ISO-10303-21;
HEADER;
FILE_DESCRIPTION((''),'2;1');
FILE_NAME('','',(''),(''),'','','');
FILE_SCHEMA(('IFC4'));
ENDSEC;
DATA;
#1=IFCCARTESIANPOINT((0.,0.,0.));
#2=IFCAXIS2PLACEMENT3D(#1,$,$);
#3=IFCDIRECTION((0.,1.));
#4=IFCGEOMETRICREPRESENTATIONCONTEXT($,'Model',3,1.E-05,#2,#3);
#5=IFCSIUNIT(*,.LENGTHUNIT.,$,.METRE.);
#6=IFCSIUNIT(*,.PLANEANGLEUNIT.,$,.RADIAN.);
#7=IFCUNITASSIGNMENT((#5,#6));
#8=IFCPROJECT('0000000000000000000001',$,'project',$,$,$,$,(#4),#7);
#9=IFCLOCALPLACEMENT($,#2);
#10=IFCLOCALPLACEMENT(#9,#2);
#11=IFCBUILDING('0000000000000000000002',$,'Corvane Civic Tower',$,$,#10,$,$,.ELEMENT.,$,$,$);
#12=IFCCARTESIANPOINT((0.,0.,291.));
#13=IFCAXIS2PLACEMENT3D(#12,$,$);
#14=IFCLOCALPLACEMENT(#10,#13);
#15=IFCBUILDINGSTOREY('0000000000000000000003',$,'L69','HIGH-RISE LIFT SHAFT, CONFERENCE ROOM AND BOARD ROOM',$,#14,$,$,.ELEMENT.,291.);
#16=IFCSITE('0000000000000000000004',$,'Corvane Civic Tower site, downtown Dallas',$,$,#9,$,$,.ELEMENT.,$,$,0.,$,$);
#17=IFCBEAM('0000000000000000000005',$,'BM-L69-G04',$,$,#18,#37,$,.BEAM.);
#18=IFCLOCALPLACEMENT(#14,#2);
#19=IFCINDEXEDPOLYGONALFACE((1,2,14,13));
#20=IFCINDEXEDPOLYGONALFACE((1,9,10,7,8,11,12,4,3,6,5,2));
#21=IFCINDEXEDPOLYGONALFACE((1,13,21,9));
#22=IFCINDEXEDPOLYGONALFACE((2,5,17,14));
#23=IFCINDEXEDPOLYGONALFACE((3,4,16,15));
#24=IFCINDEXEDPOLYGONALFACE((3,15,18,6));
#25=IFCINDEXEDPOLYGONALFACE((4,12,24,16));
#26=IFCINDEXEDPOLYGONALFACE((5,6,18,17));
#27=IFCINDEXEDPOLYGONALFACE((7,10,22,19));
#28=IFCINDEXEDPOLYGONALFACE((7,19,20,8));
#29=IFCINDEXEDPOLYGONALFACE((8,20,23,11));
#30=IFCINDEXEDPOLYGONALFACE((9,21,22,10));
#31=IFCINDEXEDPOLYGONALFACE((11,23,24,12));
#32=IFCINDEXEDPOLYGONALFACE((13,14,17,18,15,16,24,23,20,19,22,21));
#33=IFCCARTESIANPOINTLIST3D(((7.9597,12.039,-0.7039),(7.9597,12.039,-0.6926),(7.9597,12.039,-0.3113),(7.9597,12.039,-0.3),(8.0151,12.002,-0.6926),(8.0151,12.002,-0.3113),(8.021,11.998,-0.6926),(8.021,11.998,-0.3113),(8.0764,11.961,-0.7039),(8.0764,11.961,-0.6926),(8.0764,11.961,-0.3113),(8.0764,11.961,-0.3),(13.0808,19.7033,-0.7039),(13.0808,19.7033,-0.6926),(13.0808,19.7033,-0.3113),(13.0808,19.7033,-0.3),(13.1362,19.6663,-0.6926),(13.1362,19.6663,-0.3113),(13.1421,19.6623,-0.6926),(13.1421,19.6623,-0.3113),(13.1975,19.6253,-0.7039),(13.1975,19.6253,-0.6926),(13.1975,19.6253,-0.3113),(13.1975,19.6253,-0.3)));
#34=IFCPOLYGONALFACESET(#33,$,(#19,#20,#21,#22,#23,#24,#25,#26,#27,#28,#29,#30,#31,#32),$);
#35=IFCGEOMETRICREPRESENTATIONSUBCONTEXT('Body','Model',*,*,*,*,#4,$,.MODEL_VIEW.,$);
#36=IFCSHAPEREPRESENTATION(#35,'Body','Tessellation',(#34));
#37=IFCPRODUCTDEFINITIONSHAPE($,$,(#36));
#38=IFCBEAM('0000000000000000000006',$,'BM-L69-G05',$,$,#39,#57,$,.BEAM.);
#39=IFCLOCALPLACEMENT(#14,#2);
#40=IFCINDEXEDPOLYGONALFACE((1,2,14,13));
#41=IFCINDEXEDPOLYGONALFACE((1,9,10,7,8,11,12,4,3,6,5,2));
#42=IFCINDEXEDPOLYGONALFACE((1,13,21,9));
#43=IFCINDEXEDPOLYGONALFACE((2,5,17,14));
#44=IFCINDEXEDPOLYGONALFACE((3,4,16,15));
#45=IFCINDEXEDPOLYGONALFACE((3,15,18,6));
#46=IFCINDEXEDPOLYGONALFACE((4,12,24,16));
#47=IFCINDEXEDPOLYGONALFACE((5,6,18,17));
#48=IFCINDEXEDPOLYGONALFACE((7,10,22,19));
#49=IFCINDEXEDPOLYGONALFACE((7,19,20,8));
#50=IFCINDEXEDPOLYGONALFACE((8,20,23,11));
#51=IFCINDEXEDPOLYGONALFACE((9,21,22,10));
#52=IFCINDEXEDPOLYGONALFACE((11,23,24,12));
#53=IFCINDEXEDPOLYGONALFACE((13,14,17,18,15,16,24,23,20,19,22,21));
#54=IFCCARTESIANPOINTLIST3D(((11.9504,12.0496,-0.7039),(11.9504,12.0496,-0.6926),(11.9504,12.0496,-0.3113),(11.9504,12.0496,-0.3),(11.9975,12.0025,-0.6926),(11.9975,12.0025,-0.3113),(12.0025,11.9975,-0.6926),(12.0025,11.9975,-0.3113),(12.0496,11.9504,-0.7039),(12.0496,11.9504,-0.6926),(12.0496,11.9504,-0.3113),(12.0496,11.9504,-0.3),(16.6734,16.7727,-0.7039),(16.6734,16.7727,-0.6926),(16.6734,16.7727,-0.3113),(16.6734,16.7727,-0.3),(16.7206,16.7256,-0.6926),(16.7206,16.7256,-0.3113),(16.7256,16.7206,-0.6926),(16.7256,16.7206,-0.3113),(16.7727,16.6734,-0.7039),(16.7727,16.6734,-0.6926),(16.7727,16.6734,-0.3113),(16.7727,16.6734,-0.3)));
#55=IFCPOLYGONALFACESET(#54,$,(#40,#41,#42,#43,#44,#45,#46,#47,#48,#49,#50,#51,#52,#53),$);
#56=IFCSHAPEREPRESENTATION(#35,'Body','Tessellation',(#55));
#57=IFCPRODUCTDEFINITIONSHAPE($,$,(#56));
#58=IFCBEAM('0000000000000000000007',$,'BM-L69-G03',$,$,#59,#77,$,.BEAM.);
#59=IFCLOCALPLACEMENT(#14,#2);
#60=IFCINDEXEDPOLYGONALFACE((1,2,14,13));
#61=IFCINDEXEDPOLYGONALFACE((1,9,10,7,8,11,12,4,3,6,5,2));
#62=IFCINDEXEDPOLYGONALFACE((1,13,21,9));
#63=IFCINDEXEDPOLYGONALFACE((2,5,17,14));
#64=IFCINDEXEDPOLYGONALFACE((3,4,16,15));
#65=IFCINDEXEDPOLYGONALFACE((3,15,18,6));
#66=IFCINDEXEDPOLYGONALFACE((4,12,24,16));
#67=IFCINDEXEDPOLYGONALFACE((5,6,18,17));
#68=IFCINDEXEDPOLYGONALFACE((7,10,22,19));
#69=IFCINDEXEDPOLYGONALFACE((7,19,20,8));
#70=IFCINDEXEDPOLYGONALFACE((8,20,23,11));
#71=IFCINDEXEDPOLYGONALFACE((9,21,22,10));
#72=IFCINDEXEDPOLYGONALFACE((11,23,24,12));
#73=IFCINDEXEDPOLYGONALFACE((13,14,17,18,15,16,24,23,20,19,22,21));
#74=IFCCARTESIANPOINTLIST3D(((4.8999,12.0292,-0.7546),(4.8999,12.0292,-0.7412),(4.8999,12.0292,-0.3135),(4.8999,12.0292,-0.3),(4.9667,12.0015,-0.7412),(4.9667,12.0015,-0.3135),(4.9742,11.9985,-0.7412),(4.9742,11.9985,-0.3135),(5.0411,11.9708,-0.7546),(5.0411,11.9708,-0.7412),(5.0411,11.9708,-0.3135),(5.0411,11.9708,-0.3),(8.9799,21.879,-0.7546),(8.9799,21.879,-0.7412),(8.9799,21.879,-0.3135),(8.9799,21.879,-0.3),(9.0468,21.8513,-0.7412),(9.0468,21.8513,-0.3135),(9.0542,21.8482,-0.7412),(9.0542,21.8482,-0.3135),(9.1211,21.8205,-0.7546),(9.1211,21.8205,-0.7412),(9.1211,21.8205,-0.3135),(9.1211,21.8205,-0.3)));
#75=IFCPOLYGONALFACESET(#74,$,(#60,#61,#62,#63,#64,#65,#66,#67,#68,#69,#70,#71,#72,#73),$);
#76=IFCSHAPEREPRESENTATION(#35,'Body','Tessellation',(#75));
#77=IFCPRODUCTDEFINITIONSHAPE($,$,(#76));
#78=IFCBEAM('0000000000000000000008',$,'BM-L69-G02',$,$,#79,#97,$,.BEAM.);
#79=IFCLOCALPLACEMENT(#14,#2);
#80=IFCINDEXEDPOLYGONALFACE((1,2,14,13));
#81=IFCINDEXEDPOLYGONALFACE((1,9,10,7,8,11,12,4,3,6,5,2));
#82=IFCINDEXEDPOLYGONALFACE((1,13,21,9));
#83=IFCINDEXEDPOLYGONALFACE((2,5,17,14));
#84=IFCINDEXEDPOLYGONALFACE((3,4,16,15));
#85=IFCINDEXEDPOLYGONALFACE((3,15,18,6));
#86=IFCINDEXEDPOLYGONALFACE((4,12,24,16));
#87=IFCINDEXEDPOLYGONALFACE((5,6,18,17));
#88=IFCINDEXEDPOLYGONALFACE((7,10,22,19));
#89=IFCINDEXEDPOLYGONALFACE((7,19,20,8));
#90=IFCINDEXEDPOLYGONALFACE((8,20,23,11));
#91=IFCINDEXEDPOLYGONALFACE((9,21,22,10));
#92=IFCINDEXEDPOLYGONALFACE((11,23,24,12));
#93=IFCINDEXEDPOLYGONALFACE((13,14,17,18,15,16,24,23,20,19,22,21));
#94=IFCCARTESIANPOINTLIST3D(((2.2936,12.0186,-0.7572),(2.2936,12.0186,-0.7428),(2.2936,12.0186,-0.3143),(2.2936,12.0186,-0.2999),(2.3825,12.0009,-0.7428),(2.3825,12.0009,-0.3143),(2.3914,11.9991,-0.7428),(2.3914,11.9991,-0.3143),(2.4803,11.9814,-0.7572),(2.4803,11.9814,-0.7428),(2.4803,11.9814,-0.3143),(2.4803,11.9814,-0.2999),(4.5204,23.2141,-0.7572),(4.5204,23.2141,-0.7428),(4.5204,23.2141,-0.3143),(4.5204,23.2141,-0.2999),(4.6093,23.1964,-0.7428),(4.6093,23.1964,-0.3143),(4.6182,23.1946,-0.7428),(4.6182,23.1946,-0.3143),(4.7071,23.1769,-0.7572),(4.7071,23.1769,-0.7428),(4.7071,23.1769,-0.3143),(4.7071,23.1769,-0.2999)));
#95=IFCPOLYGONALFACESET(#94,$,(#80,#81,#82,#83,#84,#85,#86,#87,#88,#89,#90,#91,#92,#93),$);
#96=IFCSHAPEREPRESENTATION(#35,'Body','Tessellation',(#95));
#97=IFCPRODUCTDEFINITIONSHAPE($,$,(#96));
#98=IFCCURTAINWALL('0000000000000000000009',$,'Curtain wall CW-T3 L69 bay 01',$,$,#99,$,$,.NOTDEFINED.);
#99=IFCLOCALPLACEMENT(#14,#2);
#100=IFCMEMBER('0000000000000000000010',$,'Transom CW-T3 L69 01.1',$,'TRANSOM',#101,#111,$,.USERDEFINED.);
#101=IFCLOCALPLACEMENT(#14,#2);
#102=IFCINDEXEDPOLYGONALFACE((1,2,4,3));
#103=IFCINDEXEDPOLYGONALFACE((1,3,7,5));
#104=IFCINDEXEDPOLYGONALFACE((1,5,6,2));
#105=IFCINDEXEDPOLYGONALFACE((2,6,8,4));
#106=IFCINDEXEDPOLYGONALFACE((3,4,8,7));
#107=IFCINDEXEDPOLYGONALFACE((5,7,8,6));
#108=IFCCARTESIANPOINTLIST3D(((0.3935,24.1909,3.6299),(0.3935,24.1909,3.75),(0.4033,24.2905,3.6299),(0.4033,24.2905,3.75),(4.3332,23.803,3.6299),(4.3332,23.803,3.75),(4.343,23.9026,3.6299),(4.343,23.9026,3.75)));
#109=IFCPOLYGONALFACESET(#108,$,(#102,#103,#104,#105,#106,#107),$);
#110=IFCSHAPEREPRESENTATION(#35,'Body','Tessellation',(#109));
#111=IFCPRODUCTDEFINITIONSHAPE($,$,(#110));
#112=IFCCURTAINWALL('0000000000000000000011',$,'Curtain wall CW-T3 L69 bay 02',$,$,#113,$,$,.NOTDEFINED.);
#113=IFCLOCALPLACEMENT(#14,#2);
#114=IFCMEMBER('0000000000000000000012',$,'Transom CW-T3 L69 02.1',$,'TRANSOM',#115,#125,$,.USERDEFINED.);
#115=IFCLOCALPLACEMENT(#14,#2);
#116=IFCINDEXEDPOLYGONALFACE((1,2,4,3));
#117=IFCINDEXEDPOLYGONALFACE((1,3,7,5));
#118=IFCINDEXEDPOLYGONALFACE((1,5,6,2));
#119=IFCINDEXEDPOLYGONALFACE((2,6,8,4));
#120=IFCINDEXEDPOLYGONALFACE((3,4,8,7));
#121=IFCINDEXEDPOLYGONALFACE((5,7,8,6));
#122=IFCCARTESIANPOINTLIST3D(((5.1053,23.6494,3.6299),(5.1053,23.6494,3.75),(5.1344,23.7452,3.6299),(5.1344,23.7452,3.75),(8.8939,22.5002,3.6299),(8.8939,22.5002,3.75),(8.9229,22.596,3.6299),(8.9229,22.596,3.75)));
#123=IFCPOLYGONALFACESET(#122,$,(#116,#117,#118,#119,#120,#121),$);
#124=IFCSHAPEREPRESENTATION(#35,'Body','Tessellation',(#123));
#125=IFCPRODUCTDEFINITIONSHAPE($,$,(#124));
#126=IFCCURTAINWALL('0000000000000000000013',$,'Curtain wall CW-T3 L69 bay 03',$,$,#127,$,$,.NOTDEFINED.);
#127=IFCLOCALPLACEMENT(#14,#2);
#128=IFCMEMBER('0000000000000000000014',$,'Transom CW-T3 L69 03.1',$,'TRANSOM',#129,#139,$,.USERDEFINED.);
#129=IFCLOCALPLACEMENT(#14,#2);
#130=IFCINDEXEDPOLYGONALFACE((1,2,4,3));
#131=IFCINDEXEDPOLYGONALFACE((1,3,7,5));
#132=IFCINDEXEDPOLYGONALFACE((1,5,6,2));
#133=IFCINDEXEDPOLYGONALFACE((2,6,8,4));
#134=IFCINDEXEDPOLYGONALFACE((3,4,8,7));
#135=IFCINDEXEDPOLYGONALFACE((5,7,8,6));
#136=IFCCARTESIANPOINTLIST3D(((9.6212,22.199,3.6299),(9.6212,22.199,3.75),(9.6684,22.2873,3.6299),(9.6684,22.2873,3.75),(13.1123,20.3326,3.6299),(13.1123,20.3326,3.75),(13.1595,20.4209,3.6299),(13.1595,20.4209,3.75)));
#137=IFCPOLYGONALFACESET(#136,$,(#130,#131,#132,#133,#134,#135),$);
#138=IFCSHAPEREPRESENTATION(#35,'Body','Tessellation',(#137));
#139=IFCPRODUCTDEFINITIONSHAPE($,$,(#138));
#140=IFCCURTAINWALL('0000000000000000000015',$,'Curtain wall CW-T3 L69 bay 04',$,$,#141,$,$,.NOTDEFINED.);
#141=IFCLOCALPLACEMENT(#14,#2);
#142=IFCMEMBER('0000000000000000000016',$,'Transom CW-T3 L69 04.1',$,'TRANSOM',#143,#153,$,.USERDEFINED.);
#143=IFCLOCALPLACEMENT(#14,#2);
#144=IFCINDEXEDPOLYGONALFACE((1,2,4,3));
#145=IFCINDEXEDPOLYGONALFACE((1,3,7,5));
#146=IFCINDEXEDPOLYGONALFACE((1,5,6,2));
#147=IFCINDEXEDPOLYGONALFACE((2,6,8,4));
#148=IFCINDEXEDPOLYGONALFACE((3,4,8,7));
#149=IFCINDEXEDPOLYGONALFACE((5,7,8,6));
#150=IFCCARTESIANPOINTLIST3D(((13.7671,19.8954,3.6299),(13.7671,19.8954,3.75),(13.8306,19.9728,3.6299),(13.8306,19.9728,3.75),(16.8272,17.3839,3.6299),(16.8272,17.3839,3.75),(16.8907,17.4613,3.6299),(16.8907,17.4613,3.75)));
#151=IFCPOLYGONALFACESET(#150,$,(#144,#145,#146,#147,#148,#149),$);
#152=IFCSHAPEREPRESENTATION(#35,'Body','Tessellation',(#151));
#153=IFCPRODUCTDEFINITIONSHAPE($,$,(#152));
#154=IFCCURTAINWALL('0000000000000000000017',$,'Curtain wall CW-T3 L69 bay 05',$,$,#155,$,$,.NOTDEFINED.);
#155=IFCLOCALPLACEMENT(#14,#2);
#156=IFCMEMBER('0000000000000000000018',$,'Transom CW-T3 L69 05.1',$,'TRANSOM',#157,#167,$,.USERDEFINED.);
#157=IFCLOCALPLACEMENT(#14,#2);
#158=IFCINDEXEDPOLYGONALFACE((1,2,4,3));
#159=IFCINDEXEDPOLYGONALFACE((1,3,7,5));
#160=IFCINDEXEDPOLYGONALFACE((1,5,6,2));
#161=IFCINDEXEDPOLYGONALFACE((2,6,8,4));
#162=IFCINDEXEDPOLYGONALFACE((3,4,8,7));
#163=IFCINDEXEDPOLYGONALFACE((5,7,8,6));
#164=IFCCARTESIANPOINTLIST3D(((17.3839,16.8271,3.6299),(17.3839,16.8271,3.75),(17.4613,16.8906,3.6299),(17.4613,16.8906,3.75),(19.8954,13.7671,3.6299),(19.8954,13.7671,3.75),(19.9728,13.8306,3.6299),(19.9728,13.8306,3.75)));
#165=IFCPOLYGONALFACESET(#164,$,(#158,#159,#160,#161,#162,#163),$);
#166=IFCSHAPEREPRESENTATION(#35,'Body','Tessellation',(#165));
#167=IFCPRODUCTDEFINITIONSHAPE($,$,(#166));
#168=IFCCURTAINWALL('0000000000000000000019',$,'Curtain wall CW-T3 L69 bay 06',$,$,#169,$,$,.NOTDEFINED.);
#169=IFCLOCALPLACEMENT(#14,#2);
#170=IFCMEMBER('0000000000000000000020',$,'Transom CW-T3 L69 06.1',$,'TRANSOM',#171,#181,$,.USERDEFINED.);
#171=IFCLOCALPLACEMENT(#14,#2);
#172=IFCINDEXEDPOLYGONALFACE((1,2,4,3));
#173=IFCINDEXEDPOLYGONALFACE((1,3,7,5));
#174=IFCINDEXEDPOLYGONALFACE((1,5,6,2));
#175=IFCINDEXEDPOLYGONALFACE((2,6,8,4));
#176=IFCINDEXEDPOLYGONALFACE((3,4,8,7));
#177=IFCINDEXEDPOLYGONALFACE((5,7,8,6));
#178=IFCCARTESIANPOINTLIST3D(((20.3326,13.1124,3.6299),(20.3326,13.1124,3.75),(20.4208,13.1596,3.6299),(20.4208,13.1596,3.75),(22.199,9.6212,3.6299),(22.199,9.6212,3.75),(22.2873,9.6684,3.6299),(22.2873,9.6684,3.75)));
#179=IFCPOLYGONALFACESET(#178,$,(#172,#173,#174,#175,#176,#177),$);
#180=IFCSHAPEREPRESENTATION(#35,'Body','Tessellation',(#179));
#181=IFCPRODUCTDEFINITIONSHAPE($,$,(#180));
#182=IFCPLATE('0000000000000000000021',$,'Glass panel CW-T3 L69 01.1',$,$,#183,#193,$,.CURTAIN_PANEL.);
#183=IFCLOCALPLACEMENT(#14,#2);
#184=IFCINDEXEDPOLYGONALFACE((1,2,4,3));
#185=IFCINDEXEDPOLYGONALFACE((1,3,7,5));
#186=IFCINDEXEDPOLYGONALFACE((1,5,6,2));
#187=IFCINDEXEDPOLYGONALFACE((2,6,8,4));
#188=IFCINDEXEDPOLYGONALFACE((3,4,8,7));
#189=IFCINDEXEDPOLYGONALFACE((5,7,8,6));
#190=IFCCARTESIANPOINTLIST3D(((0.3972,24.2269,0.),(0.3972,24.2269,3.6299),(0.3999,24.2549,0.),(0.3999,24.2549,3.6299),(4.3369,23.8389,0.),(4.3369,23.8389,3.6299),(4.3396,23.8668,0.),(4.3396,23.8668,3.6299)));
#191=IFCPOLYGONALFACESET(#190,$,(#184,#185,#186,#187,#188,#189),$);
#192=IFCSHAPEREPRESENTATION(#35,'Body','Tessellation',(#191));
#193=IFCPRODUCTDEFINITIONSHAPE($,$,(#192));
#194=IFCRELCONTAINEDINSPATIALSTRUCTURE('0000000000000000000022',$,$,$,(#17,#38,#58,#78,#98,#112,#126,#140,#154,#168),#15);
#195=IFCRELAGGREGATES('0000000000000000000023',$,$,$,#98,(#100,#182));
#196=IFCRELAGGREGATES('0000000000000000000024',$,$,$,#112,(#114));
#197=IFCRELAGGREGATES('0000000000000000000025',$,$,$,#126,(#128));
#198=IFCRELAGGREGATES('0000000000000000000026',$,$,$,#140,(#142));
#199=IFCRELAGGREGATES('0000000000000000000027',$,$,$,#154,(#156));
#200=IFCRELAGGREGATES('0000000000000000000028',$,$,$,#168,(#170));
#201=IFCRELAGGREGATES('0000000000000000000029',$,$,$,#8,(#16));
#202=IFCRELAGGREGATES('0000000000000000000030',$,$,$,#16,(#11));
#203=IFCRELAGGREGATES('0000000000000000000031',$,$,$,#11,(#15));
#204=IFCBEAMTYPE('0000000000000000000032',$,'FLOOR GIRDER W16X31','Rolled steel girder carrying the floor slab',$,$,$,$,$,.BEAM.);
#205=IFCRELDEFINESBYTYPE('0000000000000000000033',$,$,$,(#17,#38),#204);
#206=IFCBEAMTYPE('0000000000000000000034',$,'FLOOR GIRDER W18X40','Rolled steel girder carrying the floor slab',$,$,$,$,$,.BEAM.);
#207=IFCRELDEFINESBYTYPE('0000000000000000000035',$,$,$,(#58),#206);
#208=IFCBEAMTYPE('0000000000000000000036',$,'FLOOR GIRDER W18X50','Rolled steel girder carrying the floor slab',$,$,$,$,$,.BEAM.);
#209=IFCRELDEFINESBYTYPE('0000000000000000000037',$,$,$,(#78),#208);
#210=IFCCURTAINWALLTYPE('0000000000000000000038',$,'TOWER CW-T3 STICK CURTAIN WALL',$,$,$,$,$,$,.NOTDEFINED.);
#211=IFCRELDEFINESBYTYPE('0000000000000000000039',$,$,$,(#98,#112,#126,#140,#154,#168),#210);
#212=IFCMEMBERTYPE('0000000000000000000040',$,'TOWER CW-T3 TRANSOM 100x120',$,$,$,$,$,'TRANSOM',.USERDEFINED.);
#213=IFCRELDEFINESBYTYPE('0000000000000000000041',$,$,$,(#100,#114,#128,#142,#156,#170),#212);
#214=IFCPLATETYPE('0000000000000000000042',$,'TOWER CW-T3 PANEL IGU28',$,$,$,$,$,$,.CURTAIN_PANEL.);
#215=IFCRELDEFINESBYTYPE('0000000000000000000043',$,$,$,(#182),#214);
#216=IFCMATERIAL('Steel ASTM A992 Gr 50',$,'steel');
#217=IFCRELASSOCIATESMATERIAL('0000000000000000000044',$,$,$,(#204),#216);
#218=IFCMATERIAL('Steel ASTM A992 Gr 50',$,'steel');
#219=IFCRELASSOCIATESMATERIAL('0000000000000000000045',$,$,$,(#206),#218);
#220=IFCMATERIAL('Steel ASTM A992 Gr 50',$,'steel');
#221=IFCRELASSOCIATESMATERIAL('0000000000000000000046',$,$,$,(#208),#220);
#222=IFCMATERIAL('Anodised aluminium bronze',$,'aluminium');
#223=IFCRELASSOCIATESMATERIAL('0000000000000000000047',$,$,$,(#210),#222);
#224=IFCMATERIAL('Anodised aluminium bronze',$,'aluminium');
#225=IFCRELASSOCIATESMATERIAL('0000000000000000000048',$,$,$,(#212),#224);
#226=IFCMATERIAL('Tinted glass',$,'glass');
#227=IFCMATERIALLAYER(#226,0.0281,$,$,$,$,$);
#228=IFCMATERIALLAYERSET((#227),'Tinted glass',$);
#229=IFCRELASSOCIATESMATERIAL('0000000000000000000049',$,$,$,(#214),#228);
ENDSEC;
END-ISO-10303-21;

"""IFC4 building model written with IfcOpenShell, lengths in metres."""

from ifc_helpers import new_model, si_unit, direction, frame, origin, origin_2d, place, context, subcontext, project, spatial, rectangle, i_section, extrude, material, layer, layer_set, material_profile, profile_set, type_object, element, aggregate, save


model = new_model("IFC4")

# Units and contexts
model_context = context("Model", 3, precision=1e-05, world=origin(), true_north=direction((0.0, 1.0)))
body_context = subcontext(model_context, "Body", "Model", "MODEL_VIEW")
ifc_project = project(units=[si_unit("LENGTHUNIT", "METRE"), si_unit("PLANEANGLEUNIT", "RADIAN")], contexts=[model_context])

# Site, building, storey
site_placement = place(None, origin())
site = spatial("IfcSite", under=ifc_project, at=site_placement, Name="Corvane Civic Tower site, downtown Dallas", CompositionType="ELEMENT", RefElevation=0.0)
building_placement = place(site_placement, origin())
building = spatial("IfcBuilding", under=site, at=building_placement, Name="Corvane Civic Tower", CompositionType="ELEMENT")
storey_placement = place(building_placement, frame((0.0, 0.0, 291.0)))
storey = spatial("IfcBuildingStorey", under=building, at=storey_placement, Name="L69", Description="HIGH-RISE LIFT SHAFT, CONFERENCE ROOM AND BOARD ROOM", CompositionType="ELEMENT", Elevation=291.0)

# Beams
ifc_material_1 = material(Name="Steel ASTM A992 Gr 50", Category="steel")
ifc_material_profile_1 = material_profile(ifc_material_1, i_section(OverallWidth=0.1404, OverallDepth=0.4038, WebThickness=0.0071, FlangeThickness=0.0112, at=origin_2d()), Name="W16X31")
ifc_profile_set_1 = profile_set([ifc_material_profile_1], Name="Steel ASTM A992 Gr 50")
beam_type_1 = type_object("IfcBeamType", Name="FLOOR GIRDER W16X31", Description="Rolled steel girder carrying the floor slab", PredefinedType="BEAM", material=ifc_profile_set_1)
beam_1_placement = place(storey_placement, frame((8.0181, 12.0, -0.502), z_axis=(0.555568, 0.831471, 0.0), x_axis=(-0.831471, 0.555568, 0.0)))
element("IfcBeam", 1, at=beam_1_placement, inside=storey, type_object=beam_type_1, Name="BM-L69-G04", PredefinedType="BEAM", context=body_context, shape_type="SweptSolid", body=[
    extrude(i_section(OverallWidth=0.1404, OverallDepth=0.4038, WebThickness=0.0071, FlangeThickness=0.0112, at=origin_2d()), origin(), (0.0, 0.0, 1.0), 9.2178),
])
beam_2_placement = place(storey_placement, frame((12.0, 12.0, -0.502), z_axis=(0.707107, 0.707107, 0.0), x_axis=(-0.707107, 0.707107, 0.0)))
element("IfcBeam", 2, at=beam_2_placement, inside=storey, type_object=beam_type_1, Name="BM-L69-G05", PredefinedType="BEAM", context=body_context, shape_type="SweptSolid", body=[
    extrude(i_section(OverallWidth=0.1404, OverallDepth=0.4038, WebThickness=0.0071, FlangeThickness=0.0112, at=origin_2d()), origin(), (0.0, 0.0, 1.0), 6.6794),
])
ifc_material_2 = material(Name="Steel ASTM A992 Gr 50", Category="steel")
ifc_material_profile_2 = material_profile(ifc_material_2, i_section(OverallWidth=0.1528, OverallDepth=0.4546, WebThickness=0.0081, FlangeThickness=0.0134, at=origin_2d()), Name="W18X40")
ifc_profile_set_2 = profile_set([ifc_material_profile_2], Name="Steel ASTM A992 Gr 50")
beam_type_2 = type_object("IfcBeamType", Name="FLOOR GIRDER W18X40", Description="Rolled steel girder carrying the floor slab", PredefinedType="BEAM", material=ifc_profile_set_2)
beam_3_placement = place(storey_placement, frame((4.9705, 12.0, -0.5273), z_axis=(0.382694, 0.923875, 0.0), x_axis=(-0.923875, 0.382694, 0.0)))
element("IfcBeam", 3, at=beam_3_placement, inside=storey, type_object=beam_type_2, Name="BM-L69-G03", PredefinedType="BEAM", context=body_context, shape_type="SweptSolid", body=[
    extrude(i_section(OverallWidth=0.1528, OverallDepth=0.4546, WebThickness=0.0081, FlangeThickness=0.0134, at=origin_2d()), origin(), (0.0, 0.0, 1.0), 10.6614),
])
ifc_material_3 = material(Name="Steel ASTM A992 Gr 50", Category="steel")
ifc_material_profile_3 = material_profile(ifc_material_3, i_section(OverallWidth=0.1904, OverallDepth=0.4573, WebThickness=0.009, FlangeThickness=0.0144, at=origin_2d()), Name="W18X50")
ifc_profile_set_3 = profile_set([ifc_material_profile_3], Name="Steel ASTM A992 Gr 50")
beam_type_3 = type_object("IfcBeamType", Name="FLOOR GIRDER W18X50", Description="Rolled steel girder carrying the floor slab", PredefinedType="BEAM", material=ifc_profile_set_3)
beam_4_placement = place(storey_placement, frame((2.387, 12.0, -0.5286), z_axis=(0.19508, 0.980787, 0.0), x_axis=(-0.980787, 0.19508, 0.0)))
element("IfcBeam", 4, at=beam_4_placement, inside=storey, type_object=beam_type_3, Name="BM-L69-G02", PredefinedType="BEAM", context=body_context, shape_type="SweptSolid", body=[
    extrude(i_section(OverallWidth=0.1904, OverallDepth=0.4573, WebThickness=0.009, FlangeThickness=0.0144, at=origin_2d()), origin(), (0.0, 0.0, 1.0), 11.4148),
])

# Curtain walls, members
ifc_material_4 = material(Name="Anodised aluminium bronze", Category="aluminium")
curtain_wall_type = type_object("IfcCurtainWallType", Name="TOWER CW-T3 STICK CURTAIN WALL", PredefinedType="NOTDEFINED", material=ifc_material_4)
curtain_wall_1_placement = place(storey_placement, origin())
curtain_wall_1 = element("IfcCurtainWall", 5, at=curtain_wall_1_placement, inside=storey, type_object=curtain_wall_type, Name="Curtain wall CW-T3 L69 bay 01", PredefinedType="NOTDEFINED")
ifc_material_5 = material(Name="Anodised aluminium bronze", Category="aluminium")
ifc_material_profile_4 = material_profile(ifc_material_5, rectangle(XDim=0.1001, YDim=0.1201, at=origin_2d()), Name="TOWER CW-T3 TRANSOM 100x120")
ifc_profile_set_4 = profile_set([ifc_material_profile_4], Name="Anodised aluminium bronze")
member_type = type_object("IfcMemberType", Name="TOWER CW-T3 TRANSOM 100x120", ElementType="TRANSOM", PredefinedType="USERDEFINED", material=ifc_profile_set_4)
member_1_placement = place(storey_placement, frame((0.3984, 24.2407, 3.6899), z_axis=(0.995187, -0.097995, 0.0), x_axis=(0.097995, 0.995187, 0.0)))
member_1 = element("IfcMember", 6, at=member_1_placement, type_object=member_type, Name="Transom CW-T3 L69 01.1", ObjectType="TRANSOM", PredefinedType="USERDEFINED", context=body_context, shape_type="SweptSolid", body=[
    extrude(rectangle(XDim=0.1001, YDim=0.1201, at=origin_2d()), origin(), (0.0, 0.0, 1.0), 3.9587),
])
curtain_wall_2_placement = place(storey_placement, origin())
curtain_wall_2 = element("IfcCurtainWall", 7, at=curtain_wall_2_placement, inside=storey, type_object=curtain_wall_type, Name="Curtain wall CW-T3 L69 bay 02", PredefinedType="NOTDEFINED")
member_2_placement = place(storey_placement, frame((5.1199, 23.6973, 3.6899), z_axis=(0.956946, -0.290266, 0.0), x_axis=(0.290266, 0.956946, 0.0)))
member_2 = element("IfcMember", 8, at=member_2_placement, type_object=member_type, Name="Transom CW-T3 L69 02.1", ObjectType="TRANSOM", PredefinedType="USERDEFINED", context=body_context, shape_type="SweptSolid", body=[
    extrude(rectangle(XDim=0.1001, YDim=0.1201, at=origin_2d()), origin(), (0.0, 0.0, 1.0), 3.959),
])
curtain_wall_3_placement = place(storey_placement, origin())
curtain_wall_3 = element("IfcCurtainWall", 9, at=curtain_wall_3_placement, inside=storey, type_object=curtain_wall_type, Name="Curtain wall CW-T3 L69 bay 03", PredefinedType="NOTDEFINED")
member_3_placement = place(storey_placement, frame((9.6448, 22.2432, 3.6899), z_axis=(0.881883, -0.471468, 0.0), x_axis=(0.471468, 0.881883, 0.0)))
member_3 = element("IfcMember", 10, at=member_3_placement, type_object=member_type, Name="Transom CW-T3 L69 03.1", ObjectType="TRANSOM", PredefinedType="USERDEFINED", context=body_context, shape_type="SweptSolid", body=[
    extrude(rectangle(XDim=0.1001, YDim=0.1201, at=origin_2d()), origin(), (0.0, 0.0, 1.0), 3.9587),
])
curtain_wall_4_placement = place(storey_placement, origin())
curtain_wall_4 = element("IfcCurtainWall", 11, at=curtain_wall_4_placement, inside=storey, type_object=curtain_wall_type, Name="Curtain wall CW-T3 L69 bay 04", PredefinedType="NOTDEFINED")
member_4_placement = place(storey_placement, frame((13.7988, 19.9341, 3.6899), z_axis=(0.772992, -0.634416, 0.0), x_axis=(0.634416, 0.772992, 0.0)))
member_4 = element("IfcMember", 12, at=member_4_placement, type_object=member_type, Name="Transom CW-T3 L69 04.1", ObjectType="TRANSOM", PredefinedType="USERDEFINED", context=body_context, shape_type="SweptSolid", body=[
    extrude(rectangle(XDim=0.1001, YDim=0.1201, at=origin_2d()), origin(), (0.0, 0.0, 1.0), 3.9587),
])
curtain_wall_5_placement = place(storey_placement, origin())
curtain_wall_5 = element("IfcCurtainWall", 13, at=curtain_wall_5_placement, inside=storey, type_object=curtain_wall_type, Name="Curtain wall CW-T3 L69 bay 05", PredefinedType="NOTDEFINED")
member_5_placement = place(storey_placement, frame((17.4226, 16.8589, 3.6899), z_axis=(0.634416, -0.772992, 0.0), x_axis=(0.772992, 0.634416, 0.0)))
member_5 = element("IfcMember", 14, at=member_5_placement, type_object=member_type, Name="Transom CW-T3 L69 05.1", ObjectType="TRANSOM", PredefinedType="USERDEFINED", context=body_context, shape_type="SweptSolid", body=[
    extrude(rectangle(XDim=0.1001, YDim=0.1201, at=origin_2d()), origin(), (0.0, 0.0, 1.0), 3.9587),
])
curtain_wall_6_placement = place(storey_placement, origin())
curtain_wall_6 = element("IfcCurtainWall", 15, at=curtain_wall_6_placement, inside=storey, type_object=curtain_wall_type, Name="Curtain wall CW-T3 L69 bay 06", PredefinedType="NOTDEFINED")
member_6_placement = place(storey_placement, frame((20.3767, 13.136, 3.6899), z_axis=(0.471468, -0.881883, 0.0), x_axis=(0.881883, 0.471468, 0.0)))
member_6 = element("IfcMember", 16, at=member_6_placement, type_object=member_type, Name="Transom CW-T3 L69 06.1", ObjectType="TRANSOM", PredefinedType="USERDEFINED", context=body_context, shape_type="SweptSolid", body=[
    extrude(rectangle(XDim=0.1001, YDim=0.1201, at=origin_2d()), origin(), (0.0, 0.0, 1.0), 3.9587),
])

# Plate
ifc_material_6 = material(Name="Tinted glass", Category="glass")
ifc_layer_1 = layer(ifc_material_6, 0.0281)
ifc_layer_set_1 = layer_set([ifc_layer_1], Name="Tinted glass")
plate_type = type_object("IfcPlateType", Name="TOWER CW-T3 PANEL IGU28", PredefinedType="CURTAIN_PANEL", material=ifc_layer_set_1)
plate_1_placement = place(storey_placement, frame((2.3684, 24.0469, 0.0), z_axis=(0.0, 0.0, 1.0), x_axis=(0.995184, -0.098021, 0.0)))
plate_1 = element("IfcPlate", 17, at=plate_1_placement, type_object=plate_type, Name="Glass panel CW-T3 L69 01.1", PredefinedType="CURTAIN_PANEL", context=body_context, shape_type="SweptSolid", body=[
    extrude(rectangle(XDim=3.9587, YDim=0.0281, at=origin_2d()), origin(), (0.0, 0.0, 1.0), 3.6299),
])
aggregate(curtain_wall_1, [member_1, plate_1])
aggregate(curtain_wall_2, [member_2])
aggregate(curtain_wall_3, [member_3])
aggregate(curtain_wall_4, [member_4])
aggregate(curtain_wall_5, [member_5])
aggregate(curtain_wall_6, [member_6])

save(model, "model.ifc")
